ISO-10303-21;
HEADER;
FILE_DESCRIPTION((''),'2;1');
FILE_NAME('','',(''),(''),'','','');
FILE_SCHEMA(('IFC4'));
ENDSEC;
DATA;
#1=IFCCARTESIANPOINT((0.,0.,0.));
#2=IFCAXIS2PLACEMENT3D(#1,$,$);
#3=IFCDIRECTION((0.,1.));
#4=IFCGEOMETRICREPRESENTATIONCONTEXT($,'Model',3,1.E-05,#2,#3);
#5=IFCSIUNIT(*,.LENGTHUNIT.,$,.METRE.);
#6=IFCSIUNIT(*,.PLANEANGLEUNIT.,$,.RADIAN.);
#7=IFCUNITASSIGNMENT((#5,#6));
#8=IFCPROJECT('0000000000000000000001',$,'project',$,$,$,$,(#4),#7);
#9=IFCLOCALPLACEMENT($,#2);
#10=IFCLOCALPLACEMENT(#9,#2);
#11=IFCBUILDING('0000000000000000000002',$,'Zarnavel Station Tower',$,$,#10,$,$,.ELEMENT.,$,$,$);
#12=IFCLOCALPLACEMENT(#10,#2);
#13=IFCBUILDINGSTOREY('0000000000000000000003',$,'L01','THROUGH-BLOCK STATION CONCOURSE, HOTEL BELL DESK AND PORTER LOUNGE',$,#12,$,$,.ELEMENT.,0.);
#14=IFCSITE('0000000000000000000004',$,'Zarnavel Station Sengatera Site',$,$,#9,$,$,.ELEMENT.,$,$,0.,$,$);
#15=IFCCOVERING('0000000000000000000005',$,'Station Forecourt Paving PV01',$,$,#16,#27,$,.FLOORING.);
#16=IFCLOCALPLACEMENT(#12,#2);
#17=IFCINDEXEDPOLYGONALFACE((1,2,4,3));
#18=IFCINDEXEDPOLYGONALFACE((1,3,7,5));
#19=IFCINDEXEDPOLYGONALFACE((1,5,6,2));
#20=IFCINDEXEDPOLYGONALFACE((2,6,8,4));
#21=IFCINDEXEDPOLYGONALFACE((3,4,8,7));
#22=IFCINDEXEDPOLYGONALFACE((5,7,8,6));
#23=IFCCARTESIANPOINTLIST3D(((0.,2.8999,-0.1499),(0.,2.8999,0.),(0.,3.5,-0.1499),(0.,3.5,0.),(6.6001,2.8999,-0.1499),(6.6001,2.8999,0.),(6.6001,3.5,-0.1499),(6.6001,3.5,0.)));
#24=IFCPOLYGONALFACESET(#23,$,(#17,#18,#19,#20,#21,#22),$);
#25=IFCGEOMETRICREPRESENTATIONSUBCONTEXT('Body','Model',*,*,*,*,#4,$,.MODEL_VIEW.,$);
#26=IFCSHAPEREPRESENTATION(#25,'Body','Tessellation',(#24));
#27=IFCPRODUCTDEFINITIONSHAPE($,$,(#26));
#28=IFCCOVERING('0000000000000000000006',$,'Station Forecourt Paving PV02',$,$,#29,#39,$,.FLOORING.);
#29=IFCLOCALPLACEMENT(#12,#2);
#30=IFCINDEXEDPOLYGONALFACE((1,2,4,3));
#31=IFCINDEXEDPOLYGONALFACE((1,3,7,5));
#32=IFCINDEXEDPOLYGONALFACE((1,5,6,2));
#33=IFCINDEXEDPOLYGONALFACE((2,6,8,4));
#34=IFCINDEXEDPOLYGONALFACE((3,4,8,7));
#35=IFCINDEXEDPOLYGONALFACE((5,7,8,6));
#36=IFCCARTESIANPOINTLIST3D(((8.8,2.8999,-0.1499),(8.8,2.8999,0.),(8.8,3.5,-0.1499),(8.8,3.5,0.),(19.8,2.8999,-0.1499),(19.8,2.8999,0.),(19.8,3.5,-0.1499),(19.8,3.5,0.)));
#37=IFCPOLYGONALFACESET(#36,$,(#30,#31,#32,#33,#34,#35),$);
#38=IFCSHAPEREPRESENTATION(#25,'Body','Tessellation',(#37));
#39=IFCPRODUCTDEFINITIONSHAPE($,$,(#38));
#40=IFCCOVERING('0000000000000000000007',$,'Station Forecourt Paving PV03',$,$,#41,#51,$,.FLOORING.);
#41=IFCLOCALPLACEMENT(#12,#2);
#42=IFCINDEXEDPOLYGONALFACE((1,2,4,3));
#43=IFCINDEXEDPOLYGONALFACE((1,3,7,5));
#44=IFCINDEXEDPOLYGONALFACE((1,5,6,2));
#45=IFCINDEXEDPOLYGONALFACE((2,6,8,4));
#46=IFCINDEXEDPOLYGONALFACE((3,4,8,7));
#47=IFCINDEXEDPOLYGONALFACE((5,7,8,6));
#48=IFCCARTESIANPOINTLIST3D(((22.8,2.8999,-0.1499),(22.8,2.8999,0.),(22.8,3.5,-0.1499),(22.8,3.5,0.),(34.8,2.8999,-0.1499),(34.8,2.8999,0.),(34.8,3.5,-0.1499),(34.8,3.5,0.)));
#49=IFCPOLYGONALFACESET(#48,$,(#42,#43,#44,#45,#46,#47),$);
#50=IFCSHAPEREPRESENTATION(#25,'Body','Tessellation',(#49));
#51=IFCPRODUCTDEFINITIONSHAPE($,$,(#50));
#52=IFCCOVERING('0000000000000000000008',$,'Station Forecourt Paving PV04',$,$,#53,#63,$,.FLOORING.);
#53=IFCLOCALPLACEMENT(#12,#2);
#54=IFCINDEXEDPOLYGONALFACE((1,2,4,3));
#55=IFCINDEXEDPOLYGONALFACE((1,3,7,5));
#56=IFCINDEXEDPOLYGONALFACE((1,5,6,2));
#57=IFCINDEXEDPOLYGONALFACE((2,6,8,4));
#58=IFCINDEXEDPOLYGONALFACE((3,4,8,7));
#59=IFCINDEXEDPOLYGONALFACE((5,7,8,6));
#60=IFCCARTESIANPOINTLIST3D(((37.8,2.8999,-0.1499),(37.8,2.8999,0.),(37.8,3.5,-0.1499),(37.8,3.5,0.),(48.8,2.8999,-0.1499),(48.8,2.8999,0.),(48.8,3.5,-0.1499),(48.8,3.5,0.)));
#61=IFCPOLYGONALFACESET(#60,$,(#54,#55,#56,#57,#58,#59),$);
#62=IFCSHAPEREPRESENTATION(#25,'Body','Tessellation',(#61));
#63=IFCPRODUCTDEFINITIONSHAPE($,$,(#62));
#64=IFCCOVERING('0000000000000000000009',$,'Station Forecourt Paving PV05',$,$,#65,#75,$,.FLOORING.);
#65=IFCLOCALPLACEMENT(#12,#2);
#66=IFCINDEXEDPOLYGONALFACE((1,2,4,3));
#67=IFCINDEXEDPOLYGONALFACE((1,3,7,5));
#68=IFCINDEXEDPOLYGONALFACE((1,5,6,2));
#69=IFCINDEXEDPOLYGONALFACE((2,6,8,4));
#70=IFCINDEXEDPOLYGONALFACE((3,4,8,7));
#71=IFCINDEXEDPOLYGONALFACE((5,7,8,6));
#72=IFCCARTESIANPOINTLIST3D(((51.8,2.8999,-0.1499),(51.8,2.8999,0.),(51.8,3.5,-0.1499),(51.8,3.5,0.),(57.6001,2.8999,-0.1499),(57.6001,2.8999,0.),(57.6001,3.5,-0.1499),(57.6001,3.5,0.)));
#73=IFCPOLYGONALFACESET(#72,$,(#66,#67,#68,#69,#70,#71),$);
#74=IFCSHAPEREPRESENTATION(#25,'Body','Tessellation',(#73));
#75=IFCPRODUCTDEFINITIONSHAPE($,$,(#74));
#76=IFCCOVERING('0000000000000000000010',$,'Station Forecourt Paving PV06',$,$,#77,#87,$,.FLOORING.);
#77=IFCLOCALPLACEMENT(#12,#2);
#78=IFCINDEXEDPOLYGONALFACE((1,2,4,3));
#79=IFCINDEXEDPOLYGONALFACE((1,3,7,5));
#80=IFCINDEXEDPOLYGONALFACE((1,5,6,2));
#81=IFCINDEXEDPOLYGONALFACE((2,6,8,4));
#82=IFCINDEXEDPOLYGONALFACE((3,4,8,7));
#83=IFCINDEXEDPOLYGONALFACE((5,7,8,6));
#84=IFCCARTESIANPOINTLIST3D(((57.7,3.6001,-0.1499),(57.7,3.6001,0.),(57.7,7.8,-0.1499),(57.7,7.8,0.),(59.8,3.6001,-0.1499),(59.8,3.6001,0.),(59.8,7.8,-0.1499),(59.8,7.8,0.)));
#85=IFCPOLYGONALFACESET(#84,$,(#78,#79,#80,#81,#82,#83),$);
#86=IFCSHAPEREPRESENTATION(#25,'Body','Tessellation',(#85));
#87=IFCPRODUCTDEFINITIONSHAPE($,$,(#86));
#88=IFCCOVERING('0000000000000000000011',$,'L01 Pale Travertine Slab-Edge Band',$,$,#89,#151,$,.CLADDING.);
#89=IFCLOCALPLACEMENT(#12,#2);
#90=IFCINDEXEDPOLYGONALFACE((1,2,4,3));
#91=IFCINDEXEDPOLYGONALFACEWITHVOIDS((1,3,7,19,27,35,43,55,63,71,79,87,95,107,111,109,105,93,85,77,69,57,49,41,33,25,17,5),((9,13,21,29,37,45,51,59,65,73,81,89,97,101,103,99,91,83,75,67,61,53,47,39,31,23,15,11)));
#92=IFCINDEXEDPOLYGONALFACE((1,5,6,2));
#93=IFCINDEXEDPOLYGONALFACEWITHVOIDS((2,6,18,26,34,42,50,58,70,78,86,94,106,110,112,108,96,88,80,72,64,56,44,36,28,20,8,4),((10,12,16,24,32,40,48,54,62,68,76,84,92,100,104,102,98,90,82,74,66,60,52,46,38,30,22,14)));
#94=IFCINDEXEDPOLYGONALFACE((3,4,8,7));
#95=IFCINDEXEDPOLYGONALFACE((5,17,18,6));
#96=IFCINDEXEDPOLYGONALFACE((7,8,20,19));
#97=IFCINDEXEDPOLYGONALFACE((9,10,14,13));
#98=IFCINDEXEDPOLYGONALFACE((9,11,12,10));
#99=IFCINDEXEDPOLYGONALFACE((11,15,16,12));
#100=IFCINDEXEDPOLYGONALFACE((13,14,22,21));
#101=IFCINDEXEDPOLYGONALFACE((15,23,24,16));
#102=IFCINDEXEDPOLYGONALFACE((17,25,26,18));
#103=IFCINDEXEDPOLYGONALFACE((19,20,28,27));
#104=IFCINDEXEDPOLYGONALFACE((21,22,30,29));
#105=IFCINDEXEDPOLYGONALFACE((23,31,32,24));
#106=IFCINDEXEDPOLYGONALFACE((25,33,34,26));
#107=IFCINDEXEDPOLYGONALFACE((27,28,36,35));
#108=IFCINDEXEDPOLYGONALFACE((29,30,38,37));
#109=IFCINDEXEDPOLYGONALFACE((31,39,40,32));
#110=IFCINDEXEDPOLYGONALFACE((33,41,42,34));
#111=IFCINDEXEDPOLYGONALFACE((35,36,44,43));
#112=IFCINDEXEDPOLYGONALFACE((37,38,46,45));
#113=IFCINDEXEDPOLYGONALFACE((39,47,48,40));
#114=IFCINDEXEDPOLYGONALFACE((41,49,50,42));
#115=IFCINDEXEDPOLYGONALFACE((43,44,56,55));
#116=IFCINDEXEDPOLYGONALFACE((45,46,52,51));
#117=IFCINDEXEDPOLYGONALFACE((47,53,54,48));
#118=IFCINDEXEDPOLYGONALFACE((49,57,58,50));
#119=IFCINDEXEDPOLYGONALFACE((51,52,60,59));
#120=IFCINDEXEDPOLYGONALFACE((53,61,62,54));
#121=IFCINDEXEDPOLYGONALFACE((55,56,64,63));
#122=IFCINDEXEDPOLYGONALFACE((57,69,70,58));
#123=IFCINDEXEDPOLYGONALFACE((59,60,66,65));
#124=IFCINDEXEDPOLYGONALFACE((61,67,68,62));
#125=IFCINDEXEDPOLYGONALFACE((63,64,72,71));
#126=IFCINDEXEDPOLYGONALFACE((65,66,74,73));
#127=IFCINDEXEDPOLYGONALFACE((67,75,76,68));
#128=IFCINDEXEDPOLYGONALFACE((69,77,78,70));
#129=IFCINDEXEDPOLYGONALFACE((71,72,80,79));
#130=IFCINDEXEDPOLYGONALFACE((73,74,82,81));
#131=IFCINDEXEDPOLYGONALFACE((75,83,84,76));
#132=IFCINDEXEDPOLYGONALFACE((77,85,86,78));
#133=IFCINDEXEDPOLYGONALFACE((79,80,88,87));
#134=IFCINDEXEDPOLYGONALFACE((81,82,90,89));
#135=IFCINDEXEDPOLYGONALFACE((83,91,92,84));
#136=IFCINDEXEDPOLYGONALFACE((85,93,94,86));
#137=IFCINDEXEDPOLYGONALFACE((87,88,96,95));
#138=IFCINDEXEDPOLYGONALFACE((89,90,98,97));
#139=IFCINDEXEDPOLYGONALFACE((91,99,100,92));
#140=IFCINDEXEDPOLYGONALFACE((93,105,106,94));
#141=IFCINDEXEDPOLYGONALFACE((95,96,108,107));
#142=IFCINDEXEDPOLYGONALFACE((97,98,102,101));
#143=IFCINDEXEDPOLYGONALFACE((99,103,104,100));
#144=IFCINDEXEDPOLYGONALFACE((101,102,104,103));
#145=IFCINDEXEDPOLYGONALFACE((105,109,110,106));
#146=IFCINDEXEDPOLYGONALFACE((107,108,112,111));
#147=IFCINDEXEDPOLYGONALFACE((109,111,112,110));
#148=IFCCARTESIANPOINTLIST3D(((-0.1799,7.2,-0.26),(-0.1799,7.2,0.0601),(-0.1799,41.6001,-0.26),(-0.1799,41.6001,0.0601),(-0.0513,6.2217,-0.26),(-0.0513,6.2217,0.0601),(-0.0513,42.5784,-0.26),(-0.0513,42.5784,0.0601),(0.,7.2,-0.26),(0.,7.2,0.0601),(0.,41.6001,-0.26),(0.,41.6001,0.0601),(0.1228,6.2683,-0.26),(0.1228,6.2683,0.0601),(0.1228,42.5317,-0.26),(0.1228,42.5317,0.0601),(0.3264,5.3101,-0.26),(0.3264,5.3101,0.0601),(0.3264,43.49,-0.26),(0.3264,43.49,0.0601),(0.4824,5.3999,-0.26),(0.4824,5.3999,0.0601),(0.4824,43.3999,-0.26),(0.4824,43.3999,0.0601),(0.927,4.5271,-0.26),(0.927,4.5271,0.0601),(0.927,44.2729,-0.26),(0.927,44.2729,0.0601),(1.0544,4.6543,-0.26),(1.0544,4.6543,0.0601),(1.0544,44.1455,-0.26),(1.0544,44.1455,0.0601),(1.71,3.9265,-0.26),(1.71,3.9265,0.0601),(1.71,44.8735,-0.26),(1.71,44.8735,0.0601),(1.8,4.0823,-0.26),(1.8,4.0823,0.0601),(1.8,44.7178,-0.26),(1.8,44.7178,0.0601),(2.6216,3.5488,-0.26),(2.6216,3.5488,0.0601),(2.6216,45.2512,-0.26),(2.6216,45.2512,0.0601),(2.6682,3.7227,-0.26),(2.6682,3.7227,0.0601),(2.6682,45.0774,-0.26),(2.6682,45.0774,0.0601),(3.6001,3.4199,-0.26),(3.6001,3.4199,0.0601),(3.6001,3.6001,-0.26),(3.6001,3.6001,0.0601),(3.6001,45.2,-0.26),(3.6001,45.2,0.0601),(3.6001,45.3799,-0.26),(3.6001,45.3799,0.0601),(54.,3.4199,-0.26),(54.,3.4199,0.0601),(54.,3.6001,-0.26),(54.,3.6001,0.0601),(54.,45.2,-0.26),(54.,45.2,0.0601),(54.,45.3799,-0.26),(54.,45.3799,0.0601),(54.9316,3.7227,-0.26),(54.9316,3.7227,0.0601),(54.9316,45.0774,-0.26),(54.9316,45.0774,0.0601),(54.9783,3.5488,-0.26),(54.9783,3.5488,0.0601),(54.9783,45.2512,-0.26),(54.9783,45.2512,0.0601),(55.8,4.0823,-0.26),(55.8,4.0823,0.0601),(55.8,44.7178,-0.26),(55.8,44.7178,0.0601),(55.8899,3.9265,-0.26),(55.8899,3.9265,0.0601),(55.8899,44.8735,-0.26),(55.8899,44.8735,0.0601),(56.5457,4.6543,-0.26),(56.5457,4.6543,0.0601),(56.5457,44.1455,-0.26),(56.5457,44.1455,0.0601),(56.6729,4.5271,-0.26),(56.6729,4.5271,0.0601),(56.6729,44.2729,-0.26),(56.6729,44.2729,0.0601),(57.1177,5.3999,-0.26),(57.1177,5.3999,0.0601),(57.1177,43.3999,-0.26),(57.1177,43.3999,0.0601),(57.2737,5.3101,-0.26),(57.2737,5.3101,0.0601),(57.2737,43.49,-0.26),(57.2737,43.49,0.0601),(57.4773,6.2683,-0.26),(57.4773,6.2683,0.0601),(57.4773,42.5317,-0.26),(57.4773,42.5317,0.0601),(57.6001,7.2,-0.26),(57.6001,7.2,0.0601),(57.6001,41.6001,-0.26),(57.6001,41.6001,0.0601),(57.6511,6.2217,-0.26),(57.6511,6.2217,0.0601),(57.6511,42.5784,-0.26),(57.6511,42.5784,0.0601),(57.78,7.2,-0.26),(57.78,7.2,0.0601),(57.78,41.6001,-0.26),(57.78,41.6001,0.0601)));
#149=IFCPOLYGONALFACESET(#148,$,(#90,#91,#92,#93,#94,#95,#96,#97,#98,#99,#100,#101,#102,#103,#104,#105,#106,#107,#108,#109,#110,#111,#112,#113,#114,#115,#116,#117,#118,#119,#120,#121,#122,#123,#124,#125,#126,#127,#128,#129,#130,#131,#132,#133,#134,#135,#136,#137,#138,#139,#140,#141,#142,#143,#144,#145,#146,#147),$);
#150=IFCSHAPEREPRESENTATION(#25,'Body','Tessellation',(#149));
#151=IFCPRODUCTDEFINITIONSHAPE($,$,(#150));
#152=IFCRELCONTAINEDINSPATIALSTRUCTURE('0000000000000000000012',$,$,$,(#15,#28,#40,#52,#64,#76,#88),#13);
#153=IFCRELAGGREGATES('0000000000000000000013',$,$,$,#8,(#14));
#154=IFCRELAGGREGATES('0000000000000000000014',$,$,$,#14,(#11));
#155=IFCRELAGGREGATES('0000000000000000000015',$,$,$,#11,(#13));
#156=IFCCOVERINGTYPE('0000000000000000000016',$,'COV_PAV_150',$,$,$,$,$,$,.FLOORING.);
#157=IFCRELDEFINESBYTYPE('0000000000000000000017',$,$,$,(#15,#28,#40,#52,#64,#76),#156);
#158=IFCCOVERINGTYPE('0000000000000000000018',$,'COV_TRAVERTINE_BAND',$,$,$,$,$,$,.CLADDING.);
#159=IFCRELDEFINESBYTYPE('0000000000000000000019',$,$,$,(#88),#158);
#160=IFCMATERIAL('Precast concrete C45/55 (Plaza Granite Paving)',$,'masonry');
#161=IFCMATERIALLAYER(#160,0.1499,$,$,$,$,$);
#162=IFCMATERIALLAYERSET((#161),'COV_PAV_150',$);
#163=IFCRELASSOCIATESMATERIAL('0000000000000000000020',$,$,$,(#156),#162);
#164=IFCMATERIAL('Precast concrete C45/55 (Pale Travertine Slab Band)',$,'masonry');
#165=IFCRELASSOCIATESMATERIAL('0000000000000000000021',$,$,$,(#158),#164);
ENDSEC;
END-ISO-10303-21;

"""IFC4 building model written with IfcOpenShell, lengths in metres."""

from ifc_helpers import new_model, si_unit, direction, frame, origin, place, context, subcontext, project, spatial, polyline, outline, extrude, material, layer, layer_set, type_object, element, save


model = new_model("IFC4")

# Units and contexts
model_context = context("Model", 3, precision=1e-05, world=origin(), true_north=direction((0.0, 1.0)))
body_context = subcontext(model_context, "Body", "Model", "MODEL_VIEW")
ifc_project = project(units=[si_unit("LENGTHUNIT", "METRE"), si_unit("PLANEANGLEUNIT", "RADIAN")], contexts=[model_context])

# Site, building, storey
site_placement = place(None, origin())
site = spatial("IfcSite", under=ifc_project, at=site_placement, Name="Zarnavel Station Sengatera Site", CompositionType="ELEMENT", RefElevation=0.0)
building_placement = place(site_placement, origin())
building = spatial("IfcBuilding", under=site, at=building_placement, Name="Zarnavel Station Tower", CompositionType="ELEMENT")
storey_placement = place(building_placement, origin())
storey = spatial("IfcBuildingStorey", under=building, at=storey_placement, Name="L01", Description="THROUGH-BLOCK STATION CONCOURSE, HOTEL BELL DESK AND PORTER LOUNGE", CompositionType="ELEMENT", Elevation=0.0)

# Coverings
ifc_material_1 = material(Name="Precast concrete C45/55 (Plaza Granite Paving)", Category="masonry")
ifc_layer_1 = layer(ifc_material_1, 0.1499)
ifc_layer_set_1 = layer_set([ifc_layer_1], Name="COV_PAV_150")
covering_type_1 = type_object("IfcCoveringType", Name="COV_PAV_150", PredefinedType="FLOORING", material=ifc_layer_set_1)
covering_1_placement = place(storey_placement, frame((0.0, 0.0, -0.1499)))
element("IfcCovering", 1, at=covering_1_placement, inside=storey, type_object=covering_type_1, Name="Station Forecourt Paving PV01", PredefinedType="FLOORING", context=body_context, shape_type="SweptSolid", body=[
    extrude(outline(polyline([(0.0, 2.8999), (6.6001, 2.8999), (6.6001, 3.5), (0.0, 3.5), (0.0, 2.8999)])), origin(), (0.0, 0.0, 1.0), 0.1499),
])
covering_2_placement = place(storey_placement, frame((0.0, 0.0, -0.1499)))
element("IfcCovering", 2, at=covering_2_placement, inside=storey, type_object=covering_type_1, Name="Station Forecourt Paving PV02", PredefinedType="FLOORING", context=body_context, shape_type="SweptSolid", body=[
    extrude(outline(polyline([(8.8, 2.8999), (19.8, 2.8999), (19.8, 3.5), (8.8, 3.5), (8.8, 2.8999)])), origin(), (0.0, 0.0, 1.0), 0.1499),
])
covering_3_placement = place(storey_placement, frame((0.0, 0.0, -0.1499)))
element("IfcCovering", 3, at=covering_3_placement, inside=storey, type_object=covering_type_1, Name="Station Forecourt Paving PV03", PredefinedType="FLOORING", context=body_context, shape_type="SweptSolid", body=[
    extrude(outline(polyline([(22.8, 2.8999), (34.8, 2.8999), (34.8, 3.5), (22.8, 3.5), (22.8, 2.8999)])), origin(), (0.0, 0.0, 1.0), 0.1499),
])
covering_4_placement = place(storey_placement, frame((0.0, 0.0, -0.1499)))
element("IfcCovering", 4, at=covering_4_placement, inside=storey, type_object=covering_type_1, Name="Station Forecourt Paving PV04", PredefinedType="FLOORING", context=body_context, shape_type="SweptSolid", body=[
    extrude(outline(polyline([(37.8, 2.8999), (48.8, 2.8999), (48.8, 3.5), (37.8, 3.5), (37.8, 2.8999)])), origin(), (0.0, 0.0, 1.0), 0.1499),
])
covering_5_placement = place(storey_placement, frame((0.0, 0.0, -0.1499)))
element("IfcCovering", 5, at=covering_5_placement, inside=storey, type_object=covering_type_1, Name="Station Forecourt Paving PV05", PredefinedType="FLOORING", context=body_context, shape_type="SweptSolid", body=[
    extrude(outline(polyline([(51.8, 2.8999), (57.6001, 2.8999), (57.6001, 3.5), (51.8, 3.5), (51.8, 2.8999)])), origin(), (0.0, 0.0, 1.0), 0.1499),
])
covering_6_placement = place(storey_placement, frame((0.0, 0.0, -0.1499)))
element("IfcCovering", 6, at=covering_6_placement, inside=storey, type_object=covering_type_1, Name="Station Forecourt Paving PV06", PredefinedType="FLOORING", context=body_context, shape_type="SweptSolid", body=[
    extrude(outline(polyline([(57.7, 3.6001), (59.8, 3.6001), (59.8, 7.8), (57.7, 7.8), (57.7, 3.6001)])), origin(), (0.0, 0.0, 1.0), 0.1499),
])
ifc_material_2 = material(Name="Precast concrete C45/55 (Pale Travertine Slab Band)", Category="masonry")
covering_type_2 = type_object("IfcCoveringType", Name="COV_TRAVERTINE_BAND", PredefinedType="CLADDING", material=ifc_material_2)
covering_7_placement = place(storey_placement, frame((0.0, 0.0, -0.26)))
element("IfcCovering", 7, at=covering_7_placement, inside=storey, type_object=covering_type_2, Name="L01 Pale Travertine Slab-Edge Band", PredefinedType="CLADDING", context=body_context, shape_type="SweptSolid", body=[
    extrude(outline(polyline([(54.0, 3.4199), (54.9783, 3.5488), (55.8899, 3.9265), (56.6729, 4.5271), (57.2737, 5.3101), (57.6511, 6.2217), (57.78, 7.2), (57.78, 41.6001), (57.6511, 42.5784), (57.2737, 43.49), (56.6729, 44.2729), (55.8899, 44.8735), (54.9783, 45.2512), (54.0, 45.3799), (3.6001, 45.3799), (2.6216, 45.2512), (1.71, 44.8735), (0.927, 44.2729), (0.3264, 43.49), (-0.0513, 42.5784), (-0.1799, 41.6001), (-0.1799, 7.2), (-0.0513, 6.2217), (0.3264, 5.3101), (0.927, 4.5271), (1.71, 3.9265), (2.6216, 3.5488), (3.6001, 3.4199), (54.0, 3.4199)]), holes=[polyline([(54.0, 3.6001), (54.9316, 3.7227), (55.8, 4.0823), (56.5457, 4.6543), (57.1177, 5.3999), (57.4773, 6.2683), (57.6001, 7.2), (57.6001, 41.6001), (57.4773, 42.5317), (57.1177, 43.3999), (56.5457, 44.1455), (55.8, 44.7178), (54.9316, 45.0774), (54.0, 45.2), (3.6001, 45.2), (2.6682, 45.0774), (1.8, 44.7178), (1.0544, 44.1455), (0.4824, 43.3999), (0.1228, 42.5317), (0.0, 41.6001), (0.0, 7.2), (0.1228, 6.2683), (0.4824, 5.3999), (1.0544, 4.6543), (1.8, 4.0823), (2.6682, 3.7227), (3.6001, 3.6001), (54.0, 3.6001)])]), origin(), (0.0, 0.0, 1.0), 0.3201),
])

save(model, "model.ifc")
